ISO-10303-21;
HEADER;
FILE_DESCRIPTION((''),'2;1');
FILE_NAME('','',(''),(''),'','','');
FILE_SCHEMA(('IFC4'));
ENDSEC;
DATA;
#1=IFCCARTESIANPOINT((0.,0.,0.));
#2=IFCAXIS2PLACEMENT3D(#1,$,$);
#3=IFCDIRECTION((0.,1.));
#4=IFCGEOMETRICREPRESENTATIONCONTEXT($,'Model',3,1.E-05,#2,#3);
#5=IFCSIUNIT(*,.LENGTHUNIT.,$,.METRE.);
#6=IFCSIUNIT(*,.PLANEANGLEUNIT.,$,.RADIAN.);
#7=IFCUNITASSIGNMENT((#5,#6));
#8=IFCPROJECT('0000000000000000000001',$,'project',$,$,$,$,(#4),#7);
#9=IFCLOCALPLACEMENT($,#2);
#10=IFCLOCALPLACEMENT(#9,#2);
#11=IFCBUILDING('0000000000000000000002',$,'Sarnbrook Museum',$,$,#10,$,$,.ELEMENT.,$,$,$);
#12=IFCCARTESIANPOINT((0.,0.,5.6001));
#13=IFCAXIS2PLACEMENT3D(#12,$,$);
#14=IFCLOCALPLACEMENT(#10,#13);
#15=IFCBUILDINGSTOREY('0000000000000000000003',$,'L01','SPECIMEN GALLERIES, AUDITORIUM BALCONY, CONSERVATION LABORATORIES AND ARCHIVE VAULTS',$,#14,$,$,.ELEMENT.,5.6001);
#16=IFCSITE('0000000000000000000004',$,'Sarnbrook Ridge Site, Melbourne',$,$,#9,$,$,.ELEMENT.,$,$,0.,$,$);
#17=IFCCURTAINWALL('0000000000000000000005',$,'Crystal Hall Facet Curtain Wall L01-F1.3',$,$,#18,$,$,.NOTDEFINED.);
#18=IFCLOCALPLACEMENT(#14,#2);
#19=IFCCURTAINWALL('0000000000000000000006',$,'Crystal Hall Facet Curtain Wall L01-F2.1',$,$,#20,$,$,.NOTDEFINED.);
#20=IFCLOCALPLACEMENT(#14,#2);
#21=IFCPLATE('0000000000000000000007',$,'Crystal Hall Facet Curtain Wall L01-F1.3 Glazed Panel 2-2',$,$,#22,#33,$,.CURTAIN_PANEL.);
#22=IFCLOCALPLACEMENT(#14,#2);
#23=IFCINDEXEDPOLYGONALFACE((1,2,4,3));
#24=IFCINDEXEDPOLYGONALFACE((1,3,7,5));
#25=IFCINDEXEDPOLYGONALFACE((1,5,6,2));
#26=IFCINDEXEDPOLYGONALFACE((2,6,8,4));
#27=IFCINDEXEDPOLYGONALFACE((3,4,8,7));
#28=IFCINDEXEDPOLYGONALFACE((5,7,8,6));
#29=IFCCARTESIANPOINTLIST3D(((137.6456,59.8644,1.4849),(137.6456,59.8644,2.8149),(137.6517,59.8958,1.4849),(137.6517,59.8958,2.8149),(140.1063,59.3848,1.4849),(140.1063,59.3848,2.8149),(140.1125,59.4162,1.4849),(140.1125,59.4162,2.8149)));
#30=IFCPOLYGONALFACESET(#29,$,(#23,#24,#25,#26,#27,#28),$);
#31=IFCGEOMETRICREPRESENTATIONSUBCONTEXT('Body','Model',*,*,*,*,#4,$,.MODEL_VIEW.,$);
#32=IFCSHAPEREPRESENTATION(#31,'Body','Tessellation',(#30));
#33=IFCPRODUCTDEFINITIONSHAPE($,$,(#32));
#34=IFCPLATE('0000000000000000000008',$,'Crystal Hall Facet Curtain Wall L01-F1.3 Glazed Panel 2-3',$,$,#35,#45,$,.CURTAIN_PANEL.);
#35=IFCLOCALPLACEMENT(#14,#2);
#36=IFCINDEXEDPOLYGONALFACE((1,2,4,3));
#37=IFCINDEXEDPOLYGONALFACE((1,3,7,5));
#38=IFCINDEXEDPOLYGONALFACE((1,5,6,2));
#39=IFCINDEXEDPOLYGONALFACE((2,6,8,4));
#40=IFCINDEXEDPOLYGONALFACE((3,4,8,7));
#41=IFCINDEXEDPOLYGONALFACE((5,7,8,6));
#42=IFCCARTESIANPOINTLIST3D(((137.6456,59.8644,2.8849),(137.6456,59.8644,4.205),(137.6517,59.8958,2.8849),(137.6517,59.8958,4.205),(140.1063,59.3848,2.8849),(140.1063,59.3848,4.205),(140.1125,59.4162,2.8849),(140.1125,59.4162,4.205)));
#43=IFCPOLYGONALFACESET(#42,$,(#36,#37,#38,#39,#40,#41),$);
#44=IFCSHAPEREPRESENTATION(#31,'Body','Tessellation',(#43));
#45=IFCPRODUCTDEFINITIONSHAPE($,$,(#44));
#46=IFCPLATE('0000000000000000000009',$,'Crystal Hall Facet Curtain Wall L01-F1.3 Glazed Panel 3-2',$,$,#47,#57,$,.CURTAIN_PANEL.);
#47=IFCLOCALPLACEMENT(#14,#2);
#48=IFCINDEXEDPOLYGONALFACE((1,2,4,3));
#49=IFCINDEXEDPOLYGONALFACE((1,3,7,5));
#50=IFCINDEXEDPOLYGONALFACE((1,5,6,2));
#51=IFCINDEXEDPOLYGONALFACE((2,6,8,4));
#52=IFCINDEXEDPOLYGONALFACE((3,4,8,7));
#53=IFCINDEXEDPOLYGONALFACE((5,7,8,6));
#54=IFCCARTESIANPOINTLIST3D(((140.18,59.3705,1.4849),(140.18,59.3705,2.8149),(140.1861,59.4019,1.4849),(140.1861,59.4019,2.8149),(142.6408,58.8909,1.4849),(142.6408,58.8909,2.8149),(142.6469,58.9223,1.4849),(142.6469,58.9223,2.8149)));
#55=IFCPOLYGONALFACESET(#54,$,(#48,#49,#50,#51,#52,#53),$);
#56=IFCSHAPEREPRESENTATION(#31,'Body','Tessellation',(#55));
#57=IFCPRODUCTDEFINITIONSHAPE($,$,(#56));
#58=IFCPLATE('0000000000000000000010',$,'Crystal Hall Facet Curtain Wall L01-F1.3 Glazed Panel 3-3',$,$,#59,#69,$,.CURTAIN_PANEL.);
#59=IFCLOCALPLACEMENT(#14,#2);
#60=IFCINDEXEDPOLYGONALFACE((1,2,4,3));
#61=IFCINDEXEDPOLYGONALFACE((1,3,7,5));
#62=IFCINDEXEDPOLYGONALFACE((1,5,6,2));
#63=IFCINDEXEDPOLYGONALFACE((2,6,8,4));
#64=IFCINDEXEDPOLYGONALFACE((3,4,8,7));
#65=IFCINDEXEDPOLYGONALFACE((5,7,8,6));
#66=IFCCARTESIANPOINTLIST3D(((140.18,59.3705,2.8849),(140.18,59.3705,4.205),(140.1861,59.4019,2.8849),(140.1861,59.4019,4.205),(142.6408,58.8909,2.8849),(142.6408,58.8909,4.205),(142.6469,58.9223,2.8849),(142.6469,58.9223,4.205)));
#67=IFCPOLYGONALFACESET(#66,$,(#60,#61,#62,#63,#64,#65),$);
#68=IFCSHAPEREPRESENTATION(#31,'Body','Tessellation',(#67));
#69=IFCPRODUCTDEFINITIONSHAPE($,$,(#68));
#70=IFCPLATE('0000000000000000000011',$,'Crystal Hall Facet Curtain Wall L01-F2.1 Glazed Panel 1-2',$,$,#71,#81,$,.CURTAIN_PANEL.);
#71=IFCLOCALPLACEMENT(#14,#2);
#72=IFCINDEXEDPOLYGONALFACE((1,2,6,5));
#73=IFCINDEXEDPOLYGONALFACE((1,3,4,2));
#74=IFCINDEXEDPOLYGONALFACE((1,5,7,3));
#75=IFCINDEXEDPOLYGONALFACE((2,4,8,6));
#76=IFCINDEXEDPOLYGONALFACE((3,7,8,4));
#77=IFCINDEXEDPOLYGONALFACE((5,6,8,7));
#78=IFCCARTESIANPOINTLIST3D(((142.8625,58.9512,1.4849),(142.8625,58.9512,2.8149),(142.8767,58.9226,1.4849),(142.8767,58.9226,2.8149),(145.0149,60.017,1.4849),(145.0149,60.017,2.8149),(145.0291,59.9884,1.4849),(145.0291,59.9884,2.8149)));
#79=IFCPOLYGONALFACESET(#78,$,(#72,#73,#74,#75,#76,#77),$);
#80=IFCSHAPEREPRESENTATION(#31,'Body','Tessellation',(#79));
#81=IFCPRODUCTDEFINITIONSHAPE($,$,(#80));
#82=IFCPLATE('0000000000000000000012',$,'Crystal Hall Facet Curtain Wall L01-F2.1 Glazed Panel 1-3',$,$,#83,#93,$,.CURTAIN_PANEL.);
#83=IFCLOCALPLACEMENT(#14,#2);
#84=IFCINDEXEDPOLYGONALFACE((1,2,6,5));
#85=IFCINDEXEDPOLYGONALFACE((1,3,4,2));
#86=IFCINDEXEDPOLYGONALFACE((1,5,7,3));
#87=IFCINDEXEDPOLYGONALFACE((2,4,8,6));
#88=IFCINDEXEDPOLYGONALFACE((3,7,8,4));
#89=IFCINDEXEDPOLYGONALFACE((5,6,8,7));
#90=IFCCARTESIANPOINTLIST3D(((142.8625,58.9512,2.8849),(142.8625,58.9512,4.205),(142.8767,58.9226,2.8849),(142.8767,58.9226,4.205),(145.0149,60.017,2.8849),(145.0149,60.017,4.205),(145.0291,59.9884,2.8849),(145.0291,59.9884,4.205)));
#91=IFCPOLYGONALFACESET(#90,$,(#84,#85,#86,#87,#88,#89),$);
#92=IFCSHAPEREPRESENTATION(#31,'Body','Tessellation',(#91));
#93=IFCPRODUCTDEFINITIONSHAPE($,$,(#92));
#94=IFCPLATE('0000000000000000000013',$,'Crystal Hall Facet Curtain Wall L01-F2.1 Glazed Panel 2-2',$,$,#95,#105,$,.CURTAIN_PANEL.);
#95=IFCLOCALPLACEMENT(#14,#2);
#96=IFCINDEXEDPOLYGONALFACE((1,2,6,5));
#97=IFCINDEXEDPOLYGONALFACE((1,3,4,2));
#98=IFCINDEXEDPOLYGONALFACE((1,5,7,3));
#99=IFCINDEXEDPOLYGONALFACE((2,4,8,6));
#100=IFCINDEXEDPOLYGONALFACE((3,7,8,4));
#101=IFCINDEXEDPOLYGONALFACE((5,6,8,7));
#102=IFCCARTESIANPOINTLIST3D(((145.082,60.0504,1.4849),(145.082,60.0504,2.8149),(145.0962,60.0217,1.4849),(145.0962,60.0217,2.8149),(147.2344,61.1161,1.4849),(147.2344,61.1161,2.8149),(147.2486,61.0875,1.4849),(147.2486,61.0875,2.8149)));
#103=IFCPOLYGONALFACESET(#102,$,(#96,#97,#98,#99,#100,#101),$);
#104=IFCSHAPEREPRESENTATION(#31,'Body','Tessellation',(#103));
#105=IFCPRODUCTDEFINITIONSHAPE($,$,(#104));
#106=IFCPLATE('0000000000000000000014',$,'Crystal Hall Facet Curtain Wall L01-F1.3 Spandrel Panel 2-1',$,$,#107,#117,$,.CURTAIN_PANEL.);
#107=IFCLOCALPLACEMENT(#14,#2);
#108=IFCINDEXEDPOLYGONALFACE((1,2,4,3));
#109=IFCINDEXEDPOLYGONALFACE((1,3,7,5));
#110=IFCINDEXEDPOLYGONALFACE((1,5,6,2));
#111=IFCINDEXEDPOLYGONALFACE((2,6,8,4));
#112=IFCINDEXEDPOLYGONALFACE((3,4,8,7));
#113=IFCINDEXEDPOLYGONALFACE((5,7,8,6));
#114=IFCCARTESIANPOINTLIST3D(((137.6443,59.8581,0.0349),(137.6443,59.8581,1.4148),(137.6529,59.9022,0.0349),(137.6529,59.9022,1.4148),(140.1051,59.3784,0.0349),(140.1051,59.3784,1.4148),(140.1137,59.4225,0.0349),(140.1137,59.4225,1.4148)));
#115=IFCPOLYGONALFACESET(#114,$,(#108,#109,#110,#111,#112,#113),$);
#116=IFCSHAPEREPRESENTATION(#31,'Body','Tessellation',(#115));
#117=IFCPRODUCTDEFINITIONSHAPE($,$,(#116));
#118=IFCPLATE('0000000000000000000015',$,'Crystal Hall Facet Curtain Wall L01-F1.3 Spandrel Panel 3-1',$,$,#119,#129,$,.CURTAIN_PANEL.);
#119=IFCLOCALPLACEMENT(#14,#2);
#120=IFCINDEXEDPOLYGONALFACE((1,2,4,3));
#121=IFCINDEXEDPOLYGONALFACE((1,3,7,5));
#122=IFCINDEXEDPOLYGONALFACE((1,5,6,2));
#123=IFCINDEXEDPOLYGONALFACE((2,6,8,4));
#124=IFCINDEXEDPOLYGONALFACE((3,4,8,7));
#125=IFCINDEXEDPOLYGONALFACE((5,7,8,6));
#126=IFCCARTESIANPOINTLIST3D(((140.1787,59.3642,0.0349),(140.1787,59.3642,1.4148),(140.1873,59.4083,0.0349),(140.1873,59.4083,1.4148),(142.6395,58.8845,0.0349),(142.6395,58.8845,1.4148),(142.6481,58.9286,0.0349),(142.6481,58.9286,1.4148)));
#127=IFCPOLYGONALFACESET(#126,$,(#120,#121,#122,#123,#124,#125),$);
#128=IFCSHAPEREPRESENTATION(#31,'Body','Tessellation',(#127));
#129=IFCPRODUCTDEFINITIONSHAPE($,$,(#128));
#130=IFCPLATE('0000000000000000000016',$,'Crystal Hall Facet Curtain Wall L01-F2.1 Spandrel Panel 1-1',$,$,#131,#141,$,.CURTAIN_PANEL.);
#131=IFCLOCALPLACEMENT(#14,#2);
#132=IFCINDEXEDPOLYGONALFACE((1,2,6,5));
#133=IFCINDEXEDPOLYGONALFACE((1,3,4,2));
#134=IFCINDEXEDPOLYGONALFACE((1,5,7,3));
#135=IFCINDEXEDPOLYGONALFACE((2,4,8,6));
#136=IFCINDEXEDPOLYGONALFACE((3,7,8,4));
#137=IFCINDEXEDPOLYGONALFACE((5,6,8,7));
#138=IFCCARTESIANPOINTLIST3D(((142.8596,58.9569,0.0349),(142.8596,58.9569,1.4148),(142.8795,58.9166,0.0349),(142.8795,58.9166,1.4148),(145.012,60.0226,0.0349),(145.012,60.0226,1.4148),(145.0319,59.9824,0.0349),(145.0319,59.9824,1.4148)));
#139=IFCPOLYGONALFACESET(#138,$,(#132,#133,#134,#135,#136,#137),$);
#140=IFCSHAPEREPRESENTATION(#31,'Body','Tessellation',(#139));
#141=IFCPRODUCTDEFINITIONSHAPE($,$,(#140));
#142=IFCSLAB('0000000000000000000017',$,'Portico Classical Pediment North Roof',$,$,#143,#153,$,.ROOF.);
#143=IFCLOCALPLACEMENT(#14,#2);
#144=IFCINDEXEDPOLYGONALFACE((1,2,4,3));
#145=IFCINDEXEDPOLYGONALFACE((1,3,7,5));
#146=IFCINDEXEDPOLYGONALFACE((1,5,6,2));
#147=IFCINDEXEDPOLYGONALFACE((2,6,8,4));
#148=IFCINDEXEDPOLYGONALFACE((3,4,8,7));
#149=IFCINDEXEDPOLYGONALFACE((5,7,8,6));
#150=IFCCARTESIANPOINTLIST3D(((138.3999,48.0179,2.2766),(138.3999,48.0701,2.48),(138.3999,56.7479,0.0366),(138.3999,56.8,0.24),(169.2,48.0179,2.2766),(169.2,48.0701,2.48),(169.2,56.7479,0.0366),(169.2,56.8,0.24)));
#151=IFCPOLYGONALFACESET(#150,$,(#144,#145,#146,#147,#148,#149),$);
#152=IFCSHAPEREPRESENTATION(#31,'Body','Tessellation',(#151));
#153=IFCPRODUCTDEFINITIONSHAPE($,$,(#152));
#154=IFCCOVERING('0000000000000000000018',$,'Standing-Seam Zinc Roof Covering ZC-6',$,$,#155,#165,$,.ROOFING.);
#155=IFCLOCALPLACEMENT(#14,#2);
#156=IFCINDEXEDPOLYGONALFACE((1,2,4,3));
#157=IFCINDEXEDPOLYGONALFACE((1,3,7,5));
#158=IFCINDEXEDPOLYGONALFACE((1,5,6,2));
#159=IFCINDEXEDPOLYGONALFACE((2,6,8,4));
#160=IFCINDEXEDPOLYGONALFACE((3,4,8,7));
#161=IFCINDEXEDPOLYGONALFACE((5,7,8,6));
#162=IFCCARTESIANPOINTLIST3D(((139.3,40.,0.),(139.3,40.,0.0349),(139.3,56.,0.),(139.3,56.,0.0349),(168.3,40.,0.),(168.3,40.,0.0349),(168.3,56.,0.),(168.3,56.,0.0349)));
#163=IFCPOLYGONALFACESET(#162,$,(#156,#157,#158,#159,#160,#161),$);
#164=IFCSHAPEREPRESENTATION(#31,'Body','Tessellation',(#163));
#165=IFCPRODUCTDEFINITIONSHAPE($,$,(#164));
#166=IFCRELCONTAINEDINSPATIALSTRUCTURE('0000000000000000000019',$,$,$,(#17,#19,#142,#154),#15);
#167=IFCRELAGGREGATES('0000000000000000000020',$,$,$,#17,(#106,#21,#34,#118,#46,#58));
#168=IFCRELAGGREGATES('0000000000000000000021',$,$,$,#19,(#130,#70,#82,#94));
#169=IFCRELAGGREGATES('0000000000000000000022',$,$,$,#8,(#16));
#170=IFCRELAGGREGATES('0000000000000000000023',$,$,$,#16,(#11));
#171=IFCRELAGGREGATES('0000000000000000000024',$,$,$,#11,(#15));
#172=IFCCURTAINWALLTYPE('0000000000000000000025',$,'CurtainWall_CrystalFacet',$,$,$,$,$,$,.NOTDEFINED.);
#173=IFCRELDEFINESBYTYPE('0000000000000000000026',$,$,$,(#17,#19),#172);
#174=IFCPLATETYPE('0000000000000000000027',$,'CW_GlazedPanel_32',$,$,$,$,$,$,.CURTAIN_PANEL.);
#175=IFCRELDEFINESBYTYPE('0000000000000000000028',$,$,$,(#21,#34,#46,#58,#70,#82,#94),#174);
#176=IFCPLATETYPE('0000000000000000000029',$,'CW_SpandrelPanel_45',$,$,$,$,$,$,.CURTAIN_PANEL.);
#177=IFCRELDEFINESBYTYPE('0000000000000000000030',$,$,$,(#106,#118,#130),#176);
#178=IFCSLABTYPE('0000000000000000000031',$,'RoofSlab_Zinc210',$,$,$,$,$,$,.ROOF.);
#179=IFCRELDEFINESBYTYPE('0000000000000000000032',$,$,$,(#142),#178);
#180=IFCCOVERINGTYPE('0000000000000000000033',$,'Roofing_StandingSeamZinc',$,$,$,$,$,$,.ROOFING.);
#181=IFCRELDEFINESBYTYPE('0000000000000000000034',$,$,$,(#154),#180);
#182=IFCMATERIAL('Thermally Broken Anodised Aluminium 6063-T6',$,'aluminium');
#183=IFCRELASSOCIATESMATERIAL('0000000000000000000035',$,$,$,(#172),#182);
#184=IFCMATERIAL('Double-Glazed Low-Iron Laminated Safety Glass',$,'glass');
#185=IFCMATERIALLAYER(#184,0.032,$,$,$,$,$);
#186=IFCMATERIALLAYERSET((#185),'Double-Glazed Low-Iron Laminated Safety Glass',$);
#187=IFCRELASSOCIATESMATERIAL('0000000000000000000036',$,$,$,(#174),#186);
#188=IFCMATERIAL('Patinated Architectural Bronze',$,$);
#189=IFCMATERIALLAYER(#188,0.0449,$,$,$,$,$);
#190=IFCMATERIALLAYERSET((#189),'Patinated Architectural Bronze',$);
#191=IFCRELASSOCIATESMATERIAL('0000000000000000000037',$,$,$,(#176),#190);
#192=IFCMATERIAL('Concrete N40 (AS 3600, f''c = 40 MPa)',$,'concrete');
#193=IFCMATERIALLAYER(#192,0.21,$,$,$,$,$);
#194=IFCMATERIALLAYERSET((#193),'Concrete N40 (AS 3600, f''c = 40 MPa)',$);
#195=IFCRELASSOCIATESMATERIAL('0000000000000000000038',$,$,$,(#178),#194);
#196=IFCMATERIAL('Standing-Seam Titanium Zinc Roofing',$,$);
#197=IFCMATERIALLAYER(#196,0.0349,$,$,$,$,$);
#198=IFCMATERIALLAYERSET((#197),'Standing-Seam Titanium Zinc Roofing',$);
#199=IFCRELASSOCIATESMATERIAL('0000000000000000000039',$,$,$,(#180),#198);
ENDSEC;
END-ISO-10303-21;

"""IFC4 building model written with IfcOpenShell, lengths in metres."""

from ifc_helpers import new_model, si_unit, direction, frame, origin, origin_2d, place, context, subcontext, project, spatial, polyline, rectangle, outline, extrude, material, layer, layer_set, type_object, element, aggregate, save


model = new_model("IFC4")

# Units and contexts
model_context = context("Model", 3, precision=1e-05, world=origin(), true_north=direction((0.0, 1.0)))
body_context = subcontext(model_context, "Body", "Model", "MODEL_VIEW")
ifc_project = project(units=[si_unit("LENGTHUNIT", "METRE"), si_unit("PLANEANGLEUNIT", "RADIAN")], contexts=[model_context])

# Site, building, storey
site_placement = place(None, origin())
site = spatial("IfcSite", under=ifc_project, at=site_placement, Name="Sarnbrook Ridge Site, Melbourne", CompositionType="ELEMENT", RefElevation=0.0)
building_placement = place(site_placement, origin())
building = spatial("IfcBuilding", under=site, at=building_placement, Name="Sarnbrook Museum", CompositionType="ELEMENT")
storey_placement = place(building_placement, frame((0.0, 0.0, 5.6001)))
storey = spatial("IfcBuildingStorey", under=building, at=storey_placement, Name="L01", Description="SPECIMEN GALLERIES, AUDITORIUM BALCONY, CONSERVATION LABORATORIES AND ARCHIVE VAULTS", CompositionType="ELEMENT", Elevation=5.6001)

# Curtain walls
ifc_material_1 = material(Name="Thermally Broken Anodised Aluminium 6063-T6", Category="aluminium")
curtain_wall_type = type_object("IfcCurtainWallType", Name="CurtainWall_CrystalFacet", PredefinedType="NOTDEFINED", material=ifc_material_1)
curtain_wall_1_placement = place(storey_placement, origin())
curtain_wall_1 = element("IfcCurtainWall", 1, at=curtain_wall_1_placement, inside=storey, type_object=curtain_wall_type, Name="Crystal Hall Facet Curtain Wall L01-F1.3", PredefinedType="NOTDEFINED")
curtain_wall_2_placement = place(storey_placement, origin())
curtain_wall_2 = element("IfcCurtainWall", 2, at=curtain_wall_2_placement, inside=storey, type_object=curtain_wall_type, Name="Crystal Hall Facet Curtain Wall L01-F2.1", PredefinedType="NOTDEFINED")

# Plates
ifc_material_2 = material(Name="Double-Glazed Low-Iron Laminated Safety Glass", Category="glass")
ifc_layer_1 = layer(ifc_material_2, 0.032)
ifc_layer_set_1 = layer_set([ifc_layer_1], Name="Double-Glazed Low-Iron Laminated Safety Glass")
plate_type_1 = type_object("IfcPlateType", Name="CW_GlazedPanel_32", PredefinedType="CURTAIN_PANEL", material=ifc_layer_set_1)
plate_1_placement = place(storey_placement, frame((138.8821, 59.656, 2.1499), z_axis=(-0.191317, -0.981528, 0.0), x_axis=(0.981528, -0.191317, 0.0)))
plate_1 = element("IfcPlate", 3, at=plate_1_placement, type_object=plate_type_1, Name="Crystal Hall Facet Curtain Wall L01-F1.3 Glazed Panel 2-2", PredefinedType="CURTAIN_PANEL", context=body_context, shape_type="SweptSolid", body=[
    extrude(rectangle(XDim=2.5071, YDim=1.3301, at=origin_2d()), origin(), (0.0, 0.0, 1.0), 0.032),
])
plate_2_placement = place(storey_placement, frame((138.8821, 59.656, 3.5449), z_axis=(-0.191317, -0.981528, 0.0), x_axis=(0.981528, -0.191317, 0.0)))
plate_2 = element("IfcPlate", 4, at=plate_2_placement, type_object=plate_type_1, Name="Crystal Hall Facet Curtain Wall L01-F1.3 Glazed Panel 2-3", PredefinedType="CURTAIN_PANEL", context=body_context, shape_type="SweptSolid", body=[
    extrude(rectangle(XDim=2.5071, YDim=1.3201, at=origin_2d()), origin(), (0.0, 0.0, 1.0), 0.032),
])
plate_3_placement = place(storey_placement, frame((141.4165, 59.1621, 2.1499), z_axis=(-0.191317, -0.981528, 0.0), x_axis=(0.981528, -0.191317, 0.0)))
plate_3 = element("IfcPlate", 5, at=plate_3_placement, type_object=plate_type_1, Name="Crystal Hall Facet Curtain Wall L01-F1.3 Glazed Panel 3-2", PredefinedType="CURTAIN_PANEL", context=body_context, shape_type="SweptSolid", body=[
    extrude(rectangle(XDim=2.5071, YDim=1.3301, at=origin_2d()), origin(), (0.0, 0.0, 1.0), 0.032),
])
plate_4_placement = place(storey_placement, frame((141.4165, 59.1621, 3.5449), z_axis=(-0.191317, -0.981528, 0.0), x_axis=(0.981528, -0.191317, 0.0)))
plate_4 = element("IfcPlate", 6, at=plate_4_placement, type_object=plate_type_1, Name="Crystal Hall Facet Curtain Wall L01-F1.3 Glazed Panel 3-3", PredefinedType="CURTAIN_PANEL", context=body_context, shape_type="SweptSolid", body=[
    extrude(rectangle(XDim=2.5071, YDim=1.3201, at=origin_2d()), origin(), (0.0, 0.0, 1.0), 0.032),
])
plate_5_placement = place(storey_placement, frame((143.9387, 59.4841, 2.1499), z_axis=(0.443729, -0.896161, 0.0), x_axis=(0.896161, 0.443729, 0.0)))
plate_5 = element("IfcPlate", 7, at=plate_5_placement, type_object=plate_type_1, Name="Crystal Hall Facet Curtain Wall L01-F2.1 Glazed Panel 1-2", PredefinedType="CURTAIN_PANEL", context=body_context, shape_type="SweptSolid", body=[
    extrude(rectangle(XDim=2.4019, YDim=1.3301, at=origin_2d()), origin(), (0.0, 0.0, 1.0), 0.032),
])
plate_6_placement = place(storey_placement, frame((143.9387, 59.4841, 3.5449), z_axis=(0.443729, -0.896161, 0.0), x_axis=(0.896161, 0.443729, 0.0)))
plate_6 = element("IfcPlate", 8, at=plate_6_placement, type_object=plate_type_1, Name="Crystal Hall Facet Curtain Wall L01-F2.1 Glazed Panel 1-3", PredefinedType="CURTAIN_PANEL", context=body_context, shape_type="SweptSolid", body=[
    extrude(rectangle(XDim=2.4019, YDim=1.3201, at=origin_2d()), origin(), (0.0, 0.0, 1.0), 0.032),
])
plate_7_placement = place(storey_placement, frame((146.1582, 60.5833, 2.1499), z_axis=(0.443729, -0.896161, 0.0), x_axis=(0.896161, 0.443729, 0.0)))
plate_7 = element("IfcPlate", 9, at=plate_7_placement, type_object=plate_type_1, Name="Crystal Hall Facet Curtain Wall L01-F2.1 Glazed Panel 2-2", PredefinedType="CURTAIN_PANEL", context=body_context, shape_type="SweptSolid", body=[
    extrude(rectangle(XDim=2.4019, YDim=1.3301, at=origin_2d()), origin(), (0.0, 0.0, 1.0), 0.032),
])
ifc_material_3 = material(Name="Patinated Architectural Bronze")
ifc_layer_2 = layer(ifc_material_3, 0.0449)
ifc_layer_set_2 = layer_set([ifc_layer_2], Name="Patinated Architectural Bronze")
plate_type_2 = type_object("IfcPlateType", Name="CW_SpandrelPanel_45", PredefinedType="CURTAIN_PANEL", material=ifc_layer_set_2)
plate_8_placement = place(storey_placement, frame((138.8833, 59.6624, 0.7249), z_axis=(-0.191317, -0.981528, 0.0), x_axis=(0.981528, -0.191317, 0.0)))
plate_8 = element("IfcPlate", 10, at=plate_8_placement, type_object=plate_type_2, Name="Crystal Hall Facet Curtain Wall L01-F1.3 Spandrel Panel 2-1", PredefinedType="CURTAIN_PANEL", context=body_context, shape_type="SweptSolid", body=[
    extrude(rectangle(XDim=2.5071, YDim=1.3799, at=origin_2d()), origin(), (0.0, 0.0, 1.0), 0.0449),
])
plate_9_placement = place(storey_placement, frame((141.4177, 59.1685, 0.7249), z_axis=(-0.191317, -0.981528, 0.0), x_axis=(0.981528, -0.191317, 0.0)))
plate_9 = element("IfcPlate", 11, at=plate_9_placement, type_object=plate_type_2, Name="Crystal Hall Facet Curtain Wall L01-F1.3 Spandrel Panel 3-1", PredefinedType="CURTAIN_PANEL", context=body_context, shape_type="SweptSolid", body=[
    extrude(rectangle(XDim=2.5071, YDim=1.3799, at=origin_2d()), origin(), (0.0, 0.0, 1.0), 0.0449),
])
aggregate(curtain_wall_1, [plate_8, plate_1, plate_2, plate_9, plate_3, plate_4])
plate_10_placement = place(storey_placement, frame((143.9358, 59.4897, 0.7249), z_axis=(0.443729, -0.896161, 0.0), x_axis=(0.896161, 0.443729, 0.0)))
plate_10 = element("IfcPlate", 12, at=plate_10_placement, type_object=plate_type_2, Name="Crystal Hall Facet Curtain Wall L01-F2.1 Spandrel Panel 1-1", PredefinedType="CURTAIN_PANEL", context=body_context, shape_type="SweptSolid", body=[
    extrude(rectangle(XDim=2.4019, YDim=1.3799, at=origin_2d()), origin(), (0.0, 0.0, 1.0), 0.0449),
])
aggregate(curtain_wall_2, [plate_10, plate_5, plate_6, plate_7])

# Slab
ifc_material_4 = material(Name="Concrete N40 (AS 3600, f'c = 40 MPa)", Category="concrete")
ifc_layer_3 = layer(ifc_material_4, 0.21)
ifc_layer_set_3 = layer_set([ifc_layer_3], Name="Concrete N40 (AS 3600, f'c = 40 MPa)")
slab_type = type_object("IfcSlabType", Name="RoofSlab_Zinc210", PredefinedType="ROOF", material=ifc_layer_set_3)
slab_placement = place(storey_placement, frame((138.3999, 48.0701, 2.48), z_axis=(0.0, 0.248535, 0.968623), x_axis=(1.0, 0.0, 0.0)))
element("IfcSlab", 13, at=slab_placement, inside=storey, type_object=slab_type, Name="Portico Classical Pediment North Roof", PredefinedType="ROOF", context=body_context, shape_type="SweptSolid", body=[
    extrude(outline(polyline([(0.0, 0.0), (30.8, 0.0), (30.8, 9.0128), (0.0, 9.0128), (0.0, 0.0)])), origin(), (0.0, 0.0, -1.0), 0.21),
])

# Covering
ifc_material_5 = material(Name="Standing-Seam Titanium Zinc Roofing")
ifc_layer_4 = layer(ifc_material_5, 0.0349)
ifc_layer_set_4 = layer_set([ifc_layer_4], Name="Standing-Seam Titanium Zinc Roofing")
covering_type = type_object("IfcCoveringType", Name="Roofing_StandingSeamZinc", PredefinedType="ROOFING", material=ifc_layer_set_4)
covering_placement = place(storey_placement, frame((153.8, 48.0, 0.0), z_axis=(0.0, 0.0, 1.0), x_axis=(1.0, 0.0, 0.0)))
element("IfcCovering", 14, at=covering_placement, inside=storey, type_object=covering_type, Name="Standing-Seam Zinc Roof Covering ZC-6", PredefinedType="ROOFING", context=body_context, shape_type="SweptSolid", body=[
    extrude(rectangle(XDim=29.0, YDim=16.0, at=origin_2d()), origin(), (0.0, 0.0, 1.0), 0.0349),
])

save(model, "model.ifc")
